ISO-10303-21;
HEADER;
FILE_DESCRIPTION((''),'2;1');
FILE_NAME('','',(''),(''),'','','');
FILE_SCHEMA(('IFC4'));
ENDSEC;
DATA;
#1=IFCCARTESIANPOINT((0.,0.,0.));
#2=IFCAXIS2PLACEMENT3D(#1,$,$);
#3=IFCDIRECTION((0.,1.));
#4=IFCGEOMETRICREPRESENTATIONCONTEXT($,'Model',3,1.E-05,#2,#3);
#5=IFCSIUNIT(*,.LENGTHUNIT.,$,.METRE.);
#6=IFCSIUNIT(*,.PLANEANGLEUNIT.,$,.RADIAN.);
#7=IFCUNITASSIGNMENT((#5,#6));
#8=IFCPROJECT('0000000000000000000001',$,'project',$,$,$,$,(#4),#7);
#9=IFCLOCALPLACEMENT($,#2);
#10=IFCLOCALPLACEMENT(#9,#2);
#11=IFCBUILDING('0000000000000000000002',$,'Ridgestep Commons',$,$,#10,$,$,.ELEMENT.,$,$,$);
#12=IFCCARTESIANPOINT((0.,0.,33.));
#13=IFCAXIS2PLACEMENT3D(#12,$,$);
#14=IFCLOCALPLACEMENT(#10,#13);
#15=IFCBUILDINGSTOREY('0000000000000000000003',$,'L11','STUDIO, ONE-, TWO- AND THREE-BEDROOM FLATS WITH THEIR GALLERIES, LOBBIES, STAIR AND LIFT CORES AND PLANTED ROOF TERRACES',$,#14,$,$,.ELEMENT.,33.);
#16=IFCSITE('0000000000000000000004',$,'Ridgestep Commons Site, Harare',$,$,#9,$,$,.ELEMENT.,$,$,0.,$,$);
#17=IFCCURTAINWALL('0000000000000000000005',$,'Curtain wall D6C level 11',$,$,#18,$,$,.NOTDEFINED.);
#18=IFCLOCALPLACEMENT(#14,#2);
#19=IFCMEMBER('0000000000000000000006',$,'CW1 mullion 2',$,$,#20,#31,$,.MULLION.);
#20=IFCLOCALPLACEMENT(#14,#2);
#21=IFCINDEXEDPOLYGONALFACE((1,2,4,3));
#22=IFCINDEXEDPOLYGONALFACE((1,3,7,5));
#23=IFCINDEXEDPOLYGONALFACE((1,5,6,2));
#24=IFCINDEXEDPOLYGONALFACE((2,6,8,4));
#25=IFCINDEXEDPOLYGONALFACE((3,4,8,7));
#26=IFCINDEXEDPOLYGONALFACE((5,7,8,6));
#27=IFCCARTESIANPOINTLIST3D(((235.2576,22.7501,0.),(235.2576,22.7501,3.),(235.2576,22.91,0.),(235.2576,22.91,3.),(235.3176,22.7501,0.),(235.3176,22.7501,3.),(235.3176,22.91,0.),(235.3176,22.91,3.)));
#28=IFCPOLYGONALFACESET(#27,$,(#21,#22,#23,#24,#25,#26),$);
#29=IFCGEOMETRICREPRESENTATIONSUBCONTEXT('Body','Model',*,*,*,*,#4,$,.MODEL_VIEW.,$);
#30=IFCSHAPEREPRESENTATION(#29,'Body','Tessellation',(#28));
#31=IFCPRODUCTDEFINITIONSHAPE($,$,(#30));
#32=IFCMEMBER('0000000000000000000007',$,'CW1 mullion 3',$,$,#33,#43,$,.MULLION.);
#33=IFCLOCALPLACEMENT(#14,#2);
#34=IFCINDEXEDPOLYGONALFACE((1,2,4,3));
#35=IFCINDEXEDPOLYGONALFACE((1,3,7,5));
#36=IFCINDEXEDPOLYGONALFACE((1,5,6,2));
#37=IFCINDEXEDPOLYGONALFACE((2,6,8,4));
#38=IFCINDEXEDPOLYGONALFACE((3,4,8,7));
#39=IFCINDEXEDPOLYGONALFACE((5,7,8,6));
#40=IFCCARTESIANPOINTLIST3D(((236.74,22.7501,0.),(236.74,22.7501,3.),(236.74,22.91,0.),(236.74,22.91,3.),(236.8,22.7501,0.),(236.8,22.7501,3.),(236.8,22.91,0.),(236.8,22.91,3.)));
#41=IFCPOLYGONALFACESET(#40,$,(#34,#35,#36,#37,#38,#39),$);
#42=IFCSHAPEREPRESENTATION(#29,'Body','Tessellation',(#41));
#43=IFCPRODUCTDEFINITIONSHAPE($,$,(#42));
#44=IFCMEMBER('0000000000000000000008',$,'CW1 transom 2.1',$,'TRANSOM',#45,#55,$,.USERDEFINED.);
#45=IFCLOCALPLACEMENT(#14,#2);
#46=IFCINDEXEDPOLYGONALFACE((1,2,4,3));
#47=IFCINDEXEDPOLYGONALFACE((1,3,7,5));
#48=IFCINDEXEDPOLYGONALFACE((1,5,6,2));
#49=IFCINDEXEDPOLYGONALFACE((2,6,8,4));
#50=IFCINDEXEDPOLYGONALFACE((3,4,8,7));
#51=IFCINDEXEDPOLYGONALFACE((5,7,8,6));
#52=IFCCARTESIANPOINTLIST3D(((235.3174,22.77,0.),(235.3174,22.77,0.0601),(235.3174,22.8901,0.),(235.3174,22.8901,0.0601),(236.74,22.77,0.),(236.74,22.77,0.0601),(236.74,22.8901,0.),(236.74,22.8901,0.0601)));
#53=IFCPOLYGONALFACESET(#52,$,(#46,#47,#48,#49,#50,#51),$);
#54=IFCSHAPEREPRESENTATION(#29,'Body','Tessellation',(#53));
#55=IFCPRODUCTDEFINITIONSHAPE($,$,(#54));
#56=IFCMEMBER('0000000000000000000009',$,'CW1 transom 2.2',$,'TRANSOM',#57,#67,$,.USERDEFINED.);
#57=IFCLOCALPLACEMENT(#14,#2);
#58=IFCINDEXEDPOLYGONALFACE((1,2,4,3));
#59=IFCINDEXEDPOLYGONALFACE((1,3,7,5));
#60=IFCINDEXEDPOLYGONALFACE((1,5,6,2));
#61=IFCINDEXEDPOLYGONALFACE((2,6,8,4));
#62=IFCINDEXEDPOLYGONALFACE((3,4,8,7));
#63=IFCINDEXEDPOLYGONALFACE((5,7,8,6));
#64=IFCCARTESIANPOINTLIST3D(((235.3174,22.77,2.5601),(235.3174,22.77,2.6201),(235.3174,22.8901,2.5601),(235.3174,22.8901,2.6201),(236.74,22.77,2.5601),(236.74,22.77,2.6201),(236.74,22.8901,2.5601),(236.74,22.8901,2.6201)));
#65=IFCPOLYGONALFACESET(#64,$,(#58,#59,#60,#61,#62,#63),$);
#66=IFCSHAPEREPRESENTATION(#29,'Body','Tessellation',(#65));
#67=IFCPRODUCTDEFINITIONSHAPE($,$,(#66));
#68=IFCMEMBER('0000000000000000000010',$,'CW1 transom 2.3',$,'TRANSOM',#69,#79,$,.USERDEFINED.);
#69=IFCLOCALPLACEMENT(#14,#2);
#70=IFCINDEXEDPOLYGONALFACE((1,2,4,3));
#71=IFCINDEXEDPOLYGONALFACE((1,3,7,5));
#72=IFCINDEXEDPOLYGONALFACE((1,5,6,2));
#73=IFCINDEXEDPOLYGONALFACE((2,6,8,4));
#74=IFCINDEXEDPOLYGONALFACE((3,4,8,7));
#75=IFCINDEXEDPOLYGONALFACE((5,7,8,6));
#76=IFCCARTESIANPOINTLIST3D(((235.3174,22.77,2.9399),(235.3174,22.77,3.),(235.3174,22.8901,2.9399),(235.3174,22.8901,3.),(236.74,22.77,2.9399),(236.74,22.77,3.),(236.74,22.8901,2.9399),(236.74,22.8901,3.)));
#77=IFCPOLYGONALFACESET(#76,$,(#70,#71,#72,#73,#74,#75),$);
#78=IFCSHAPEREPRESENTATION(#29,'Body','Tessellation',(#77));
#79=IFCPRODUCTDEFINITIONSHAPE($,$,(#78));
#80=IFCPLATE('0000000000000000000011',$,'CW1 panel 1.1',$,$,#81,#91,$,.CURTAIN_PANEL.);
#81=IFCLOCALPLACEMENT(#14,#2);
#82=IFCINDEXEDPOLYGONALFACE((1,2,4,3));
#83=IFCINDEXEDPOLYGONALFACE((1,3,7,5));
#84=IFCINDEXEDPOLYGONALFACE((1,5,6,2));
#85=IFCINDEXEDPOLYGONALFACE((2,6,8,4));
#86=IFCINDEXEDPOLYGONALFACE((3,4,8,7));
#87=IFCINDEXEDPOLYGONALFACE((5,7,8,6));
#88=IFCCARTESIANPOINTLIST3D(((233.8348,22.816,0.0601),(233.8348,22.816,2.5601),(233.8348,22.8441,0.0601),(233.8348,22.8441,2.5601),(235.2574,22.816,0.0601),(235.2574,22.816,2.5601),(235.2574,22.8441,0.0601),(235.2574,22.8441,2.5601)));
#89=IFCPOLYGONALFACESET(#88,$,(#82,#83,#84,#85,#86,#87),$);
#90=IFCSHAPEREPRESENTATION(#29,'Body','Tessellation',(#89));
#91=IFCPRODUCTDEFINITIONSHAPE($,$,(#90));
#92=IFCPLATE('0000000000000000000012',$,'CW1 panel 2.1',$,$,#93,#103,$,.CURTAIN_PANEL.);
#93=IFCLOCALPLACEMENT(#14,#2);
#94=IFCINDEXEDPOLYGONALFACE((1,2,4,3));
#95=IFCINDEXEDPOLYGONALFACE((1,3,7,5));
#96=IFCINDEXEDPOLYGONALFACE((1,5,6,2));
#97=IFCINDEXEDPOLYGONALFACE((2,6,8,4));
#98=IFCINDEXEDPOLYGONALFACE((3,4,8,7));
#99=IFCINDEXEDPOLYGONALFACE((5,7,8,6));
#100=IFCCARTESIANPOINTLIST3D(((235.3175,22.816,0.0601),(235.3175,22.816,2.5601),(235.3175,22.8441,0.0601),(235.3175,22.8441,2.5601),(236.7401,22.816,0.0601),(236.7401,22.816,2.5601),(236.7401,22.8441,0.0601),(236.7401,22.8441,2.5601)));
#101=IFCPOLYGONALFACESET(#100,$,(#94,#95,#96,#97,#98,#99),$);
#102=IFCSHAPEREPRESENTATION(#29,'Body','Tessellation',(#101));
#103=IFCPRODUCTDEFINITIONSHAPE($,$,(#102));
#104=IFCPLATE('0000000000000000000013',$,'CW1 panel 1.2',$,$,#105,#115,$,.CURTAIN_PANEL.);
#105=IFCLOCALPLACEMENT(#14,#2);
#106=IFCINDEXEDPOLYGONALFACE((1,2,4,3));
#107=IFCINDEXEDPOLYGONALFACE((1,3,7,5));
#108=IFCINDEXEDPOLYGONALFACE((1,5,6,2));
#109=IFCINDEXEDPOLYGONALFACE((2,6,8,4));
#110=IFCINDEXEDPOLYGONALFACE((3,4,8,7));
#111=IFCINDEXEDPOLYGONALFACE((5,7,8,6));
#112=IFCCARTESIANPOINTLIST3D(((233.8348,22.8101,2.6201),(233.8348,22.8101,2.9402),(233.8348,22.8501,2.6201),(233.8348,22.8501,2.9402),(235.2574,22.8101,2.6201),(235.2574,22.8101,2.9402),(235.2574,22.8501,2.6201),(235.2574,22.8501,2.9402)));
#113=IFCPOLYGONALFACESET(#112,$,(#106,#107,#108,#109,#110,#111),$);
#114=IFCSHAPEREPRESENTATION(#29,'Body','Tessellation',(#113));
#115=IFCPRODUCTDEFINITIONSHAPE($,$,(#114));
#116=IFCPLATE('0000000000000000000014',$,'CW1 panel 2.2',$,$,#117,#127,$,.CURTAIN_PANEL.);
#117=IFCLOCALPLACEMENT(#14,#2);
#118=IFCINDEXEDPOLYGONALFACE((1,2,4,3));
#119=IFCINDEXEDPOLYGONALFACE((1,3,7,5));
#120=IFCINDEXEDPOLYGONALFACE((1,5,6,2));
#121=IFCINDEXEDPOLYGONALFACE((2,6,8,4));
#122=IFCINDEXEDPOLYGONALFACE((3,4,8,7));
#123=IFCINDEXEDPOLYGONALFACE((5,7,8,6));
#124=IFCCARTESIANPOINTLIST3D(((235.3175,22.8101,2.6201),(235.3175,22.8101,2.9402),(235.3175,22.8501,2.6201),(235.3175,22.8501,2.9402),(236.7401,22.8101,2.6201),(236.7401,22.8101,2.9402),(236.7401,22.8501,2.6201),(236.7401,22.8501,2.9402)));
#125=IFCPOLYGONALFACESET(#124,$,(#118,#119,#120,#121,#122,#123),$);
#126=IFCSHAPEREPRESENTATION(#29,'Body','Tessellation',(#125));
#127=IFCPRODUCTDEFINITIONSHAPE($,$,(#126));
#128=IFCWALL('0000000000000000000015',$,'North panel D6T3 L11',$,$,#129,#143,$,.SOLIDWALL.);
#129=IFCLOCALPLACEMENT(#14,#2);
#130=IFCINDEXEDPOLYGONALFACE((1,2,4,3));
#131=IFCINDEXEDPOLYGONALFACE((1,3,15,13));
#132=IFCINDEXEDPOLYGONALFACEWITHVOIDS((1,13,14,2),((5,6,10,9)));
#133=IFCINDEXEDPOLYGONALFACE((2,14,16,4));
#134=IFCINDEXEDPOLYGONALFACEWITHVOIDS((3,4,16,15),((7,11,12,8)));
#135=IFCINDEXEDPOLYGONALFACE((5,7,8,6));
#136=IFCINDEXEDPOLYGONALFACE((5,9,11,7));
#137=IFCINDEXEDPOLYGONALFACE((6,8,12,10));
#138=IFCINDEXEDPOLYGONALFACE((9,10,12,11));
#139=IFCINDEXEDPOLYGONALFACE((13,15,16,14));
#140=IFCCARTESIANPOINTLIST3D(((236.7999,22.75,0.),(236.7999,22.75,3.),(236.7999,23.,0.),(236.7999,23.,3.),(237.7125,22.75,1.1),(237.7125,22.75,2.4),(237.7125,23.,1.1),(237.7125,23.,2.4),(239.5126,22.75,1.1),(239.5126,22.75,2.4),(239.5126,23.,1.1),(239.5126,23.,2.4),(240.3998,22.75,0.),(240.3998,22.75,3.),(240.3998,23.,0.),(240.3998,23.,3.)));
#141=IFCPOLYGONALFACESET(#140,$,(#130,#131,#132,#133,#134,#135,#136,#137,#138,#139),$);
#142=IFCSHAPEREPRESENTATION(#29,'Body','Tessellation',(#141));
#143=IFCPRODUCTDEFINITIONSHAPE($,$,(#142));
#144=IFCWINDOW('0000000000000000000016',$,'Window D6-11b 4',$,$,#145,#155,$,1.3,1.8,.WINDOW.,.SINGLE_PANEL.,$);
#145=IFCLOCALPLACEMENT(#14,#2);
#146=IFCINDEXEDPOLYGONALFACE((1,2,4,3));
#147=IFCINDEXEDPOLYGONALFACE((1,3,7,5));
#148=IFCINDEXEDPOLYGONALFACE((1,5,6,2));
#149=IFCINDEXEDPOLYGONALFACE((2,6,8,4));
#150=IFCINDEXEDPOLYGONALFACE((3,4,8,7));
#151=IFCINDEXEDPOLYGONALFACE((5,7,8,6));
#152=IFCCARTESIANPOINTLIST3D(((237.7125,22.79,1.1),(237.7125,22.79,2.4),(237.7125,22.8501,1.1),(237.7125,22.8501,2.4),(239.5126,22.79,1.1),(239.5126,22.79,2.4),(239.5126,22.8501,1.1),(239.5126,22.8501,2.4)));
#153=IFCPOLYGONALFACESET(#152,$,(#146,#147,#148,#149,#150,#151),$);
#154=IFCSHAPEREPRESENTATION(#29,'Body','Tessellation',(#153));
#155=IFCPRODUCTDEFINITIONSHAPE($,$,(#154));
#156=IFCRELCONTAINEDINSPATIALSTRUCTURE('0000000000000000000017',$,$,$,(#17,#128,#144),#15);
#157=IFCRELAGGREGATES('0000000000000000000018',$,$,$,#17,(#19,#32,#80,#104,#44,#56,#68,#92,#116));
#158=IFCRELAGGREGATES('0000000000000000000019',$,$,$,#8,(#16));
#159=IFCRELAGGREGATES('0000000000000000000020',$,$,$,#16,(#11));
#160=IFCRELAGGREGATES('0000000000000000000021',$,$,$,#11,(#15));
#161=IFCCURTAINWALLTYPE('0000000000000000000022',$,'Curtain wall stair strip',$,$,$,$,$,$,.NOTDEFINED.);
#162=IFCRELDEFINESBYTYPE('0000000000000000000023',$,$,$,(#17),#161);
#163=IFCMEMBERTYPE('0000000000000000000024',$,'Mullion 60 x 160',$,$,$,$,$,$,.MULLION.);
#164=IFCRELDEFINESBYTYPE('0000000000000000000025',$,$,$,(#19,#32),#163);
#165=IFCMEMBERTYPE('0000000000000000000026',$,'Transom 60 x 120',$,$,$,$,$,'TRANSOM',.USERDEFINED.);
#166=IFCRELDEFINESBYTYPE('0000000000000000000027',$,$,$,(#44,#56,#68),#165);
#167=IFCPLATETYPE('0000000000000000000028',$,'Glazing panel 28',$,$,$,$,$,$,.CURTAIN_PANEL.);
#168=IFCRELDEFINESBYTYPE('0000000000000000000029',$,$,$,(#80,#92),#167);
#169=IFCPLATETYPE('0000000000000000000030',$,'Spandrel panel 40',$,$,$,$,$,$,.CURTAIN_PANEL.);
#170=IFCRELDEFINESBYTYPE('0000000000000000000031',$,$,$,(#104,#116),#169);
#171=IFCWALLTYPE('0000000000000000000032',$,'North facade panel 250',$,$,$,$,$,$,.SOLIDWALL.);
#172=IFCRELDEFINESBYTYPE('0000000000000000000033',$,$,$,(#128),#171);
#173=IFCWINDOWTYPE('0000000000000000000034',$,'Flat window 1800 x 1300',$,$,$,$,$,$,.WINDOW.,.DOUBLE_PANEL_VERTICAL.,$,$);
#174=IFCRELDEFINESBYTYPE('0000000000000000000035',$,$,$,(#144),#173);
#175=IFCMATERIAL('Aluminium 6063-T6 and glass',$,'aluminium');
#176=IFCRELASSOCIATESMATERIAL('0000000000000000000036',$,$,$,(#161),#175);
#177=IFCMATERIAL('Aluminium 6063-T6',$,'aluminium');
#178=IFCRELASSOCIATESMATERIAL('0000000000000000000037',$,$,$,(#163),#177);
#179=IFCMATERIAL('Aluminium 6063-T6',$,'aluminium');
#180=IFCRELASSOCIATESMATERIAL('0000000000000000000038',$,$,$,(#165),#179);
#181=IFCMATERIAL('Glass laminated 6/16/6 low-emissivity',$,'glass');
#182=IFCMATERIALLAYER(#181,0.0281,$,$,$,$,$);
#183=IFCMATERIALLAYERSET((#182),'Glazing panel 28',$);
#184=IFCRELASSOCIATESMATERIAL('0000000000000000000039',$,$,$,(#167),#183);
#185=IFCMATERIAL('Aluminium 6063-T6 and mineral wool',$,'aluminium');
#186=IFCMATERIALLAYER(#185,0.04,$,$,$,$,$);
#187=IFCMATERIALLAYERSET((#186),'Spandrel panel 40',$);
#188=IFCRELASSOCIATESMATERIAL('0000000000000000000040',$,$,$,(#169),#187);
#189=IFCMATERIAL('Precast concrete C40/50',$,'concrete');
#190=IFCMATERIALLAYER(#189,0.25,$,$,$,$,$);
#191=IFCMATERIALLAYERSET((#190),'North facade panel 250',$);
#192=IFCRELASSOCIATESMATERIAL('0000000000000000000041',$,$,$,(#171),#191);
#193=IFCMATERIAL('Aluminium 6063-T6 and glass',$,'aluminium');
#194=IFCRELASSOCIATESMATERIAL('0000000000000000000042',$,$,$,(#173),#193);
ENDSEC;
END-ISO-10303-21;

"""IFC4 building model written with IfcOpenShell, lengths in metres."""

from ifc_helpers import new_model, si_unit, direction, frame, frame_2d, origin, origin_2d, place, context, subcontext, project, spatial, rectangle, extrude, material, layer, layer_set, material_profile, profile_set, type_object, element, fill, aggregate, save


model = new_model("IFC4")

# Units and contexts
model_context = context("Model", 3, precision=1e-05, world=origin(), true_north=direction((0.0, 1.0)))
body_context = subcontext(model_context, "Body", "Model", "MODEL_VIEW")
ifc_project = project(units=[si_unit("LENGTHUNIT", "METRE"), si_unit("PLANEANGLEUNIT", "RADIAN")], contexts=[model_context])

# Site, building, storey
site_placement = place(None, origin())
site = spatial("IfcSite", under=ifc_project, at=site_placement, Name="Ridgestep Commons Site, Harare", CompositionType="ELEMENT", RefElevation=0.0)
building_placement = place(site_placement, origin())
building = spatial("IfcBuilding", under=site, at=building_placement, Name="Ridgestep Commons", CompositionType="ELEMENT")
storey_placement = place(building_placement, frame((0.0, 0.0, 33.0)))
storey = spatial("IfcBuildingStorey", under=building, at=storey_placement, Name="L11", Description="STUDIO, ONE-, TWO- AND THREE-BEDROOM FLATS WITH THEIR GALLERIES, LOBBIES, STAIR AND LIFT CORES AND PLANTED ROOF TERRACES", CompositionType="ELEMENT", Elevation=33.0)

# Curtain wall, members, plates
ifc_material_1 = material(Name="Aluminium 6063-T6 and glass", Category="aluminium")
curtain_wall_type = type_object("IfcCurtainWallType", Name="Curtain wall stair strip", PredefinedType="NOTDEFINED", material=ifc_material_1)
curtain_wall_placement = place(storey_placement, origin())
curtain_wall = element("IfcCurtainWall", 1, at=curtain_wall_placement, inside=storey, type_object=curtain_wall_type, Name="Curtain wall D6C level 11", PredefinedType="NOTDEFINED")
ifc_material_2 = material(Name="Aluminium 6063-T6", Category="aluminium")
ifc_material_profile_1 = material_profile(ifc_material_2, rectangle(XDim=0.1599, YDim=0.0601, at=origin_2d()), Name="Mullion 60 x 160")
ifc_profile_set_1 = profile_set([ifc_material_profile_1], Name="Aluminium 6063-T6")
member_type_1 = type_object("IfcMemberType", Name="Mullion 60 x 160", PredefinedType="MULLION", material=ifc_profile_set_1)
member_1_placement = place(storey_placement, frame((235.2876, 22.8301, 0.0), z_axis=(0.0, 0.0, 1.0), x_axis=(0.0, 1.0, 0.0)))
member_1 = element("IfcMember", 2, at=member_1_placement, type_object=member_type_1, Name="CW1 mullion 2", PredefinedType="MULLION", context=body_context, shape_type="SweptSolid", body=[
    extrude(rectangle(XDim=0.1599, YDim=0.0601, at=origin_2d()), origin(), (0.0, 0.0, 1.0), 3.0),
])
member_2_placement = place(storey_placement, frame((236.77, 22.8301, 0.0), z_axis=(0.0, 0.0, 1.0), x_axis=(0.0, 1.0, 0.0)))
member_2 = element("IfcMember", 3, at=member_2_placement, type_object=member_type_1, Name="CW1 mullion 3", PredefinedType="MULLION", context=body_context, shape_type="SweptSolid", body=[
    extrude(rectangle(XDim=0.1599, YDim=0.0601, at=origin_2d()), origin(), (0.0, 0.0, 1.0), 3.0),
])
ifc_material_3 = material(Name="Aluminium 6063-T6", Category="aluminium")
ifc_material_profile_2 = material_profile(ifc_material_3, rectangle(XDim=0.1201, YDim=0.0601, at=origin_2d()), Name="Transom 60 x 120")
ifc_profile_set_2 = profile_set([ifc_material_profile_2], Name="Aluminium 6063-T6")
member_type_2 = type_object("IfcMemberType", Name="Transom 60 x 120", ElementType="TRANSOM", PredefinedType="USERDEFINED", material=ifc_profile_set_2)
member_3_placement = place(storey_placement, frame((235.3174, 22.8301, 0.03), z_axis=(1.0, 0.0, 0.0), x_axis=(0.0, 1.0, 0.0)))
member_3 = element("IfcMember", 4, at=member_3_placement, type_object=member_type_2, Name="CW1 transom 2.1", ObjectType="TRANSOM", PredefinedType="USERDEFINED", context=body_context, shape_type="SweptSolid", body=[
    extrude(rectangle(XDim=0.1201, YDim=0.0601, at=origin_2d()), origin(), (0.0, 0.0, 1.0), 1.4226),
])
member_4_placement = place(storey_placement, frame((235.3174, 22.8301, 2.5901), z_axis=(1.0, 0.0, 0.0), x_axis=(0.0, 1.0, 0.0)))
member_4 = element("IfcMember", 5, at=member_4_placement, type_object=member_type_2, Name="CW1 transom 2.2", ObjectType="TRANSOM", PredefinedType="USERDEFINED", context=body_context, shape_type="SweptSolid", body=[
    extrude(rectangle(XDim=0.1201, YDim=0.0601, at=origin_2d()), origin(), (0.0, 0.0, 1.0), 1.4226),
])
member_5_placement = place(storey_placement, frame((235.3174, 22.8301, 2.97), z_axis=(1.0, 0.0, 0.0), x_axis=(0.0, 1.0, 0.0)))
member_5 = element("IfcMember", 6, at=member_5_placement, type_object=member_type_2, Name="CW1 transom 2.3", ObjectType="TRANSOM", PredefinedType="USERDEFINED", context=body_context, shape_type="SweptSolid", body=[
    extrude(rectangle(XDim=0.1201, YDim=0.0601, at=origin_2d()), origin(), (0.0, 0.0, 1.0), 1.4226),
])
ifc_material_4 = material(Name="Glass laminated 6/16/6 low-emissivity", Category="glass")
ifc_layer_1 = layer(ifc_material_4, 0.0281)
ifc_layer_set_1 = layer_set([ifc_layer_1], Name="Glazing panel 28")
plate_type_1 = type_object("IfcPlateType", Name="Glazing panel 28", PredefinedType="CURTAIN_PANEL", material=ifc_layer_set_1)
plate_1_placement = place(storey_placement, frame((234.5461, 22.8301, 0.0601), z_axis=(0.0, 0.0, 1.0), x_axis=(1.0, 0.0, 0.0)))
plate_1 = element("IfcPlate", 7, at=plate_1_placement, type_object=plate_type_1, Name="CW1 panel 1.1", PredefinedType="CURTAIN_PANEL", context=body_context, shape_type="SweptSolid", body=[
    extrude(rectangle(XDim=1.4226, YDim=0.0281, at=origin_2d()), origin(), (0.0, 0.0, 1.0), 2.5),
])
plate_2_placement = place(storey_placement, frame((236.0288, 22.8301, 0.0601), z_axis=(0.0, 0.0, 1.0), x_axis=(1.0, 0.0, 0.0)))
plate_2 = element("IfcPlate", 8, at=plate_2_placement, type_object=plate_type_1, Name="CW1 panel 2.1", PredefinedType="CURTAIN_PANEL", context=body_context, shape_type="SweptSolid", body=[
    extrude(rectangle(XDim=1.4226, YDim=0.0281, at=origin_2d()), origin(), (0.0, 0.0, 1.0), 2.5),
])
ifc_material_5 = material(Name="Aluminium 6063-T6 and mineral wool", Category="aluminium")
ifc_layer_2 = layer(ifc_material_5, 0.04)
ifc_layer_set_2 = layer_set([ifc_layer_2], Name="Spandrel panel 40")
plate_type_2 = type_object("IfcPlateType", Name="Spandrel panel 40", PredefinedType="CURTAIN_PANEL", material=ifc_layer_set_2)
plate_3_placement = place(storey_placement, frame((234.5461, 22.8301, 2.6201), z_axis=(0.0, 0.0, 1.0), x_axis=(1.0, 0.0, 0.0)))
plate_3 = element("IfcPlate", 9, at=plate_3_placement, type_object=plate_type_2, Name="CW1 panel 1.2", PredefinedType="CURTAIN_PANEL", context=body_context, shape_type="SweptSolid", body=[
    extrude(rectangle(XDim=1.4226, YDim=0.04, at=origin_2d()), origin(), (0.0, 0.0, 1.0), 0.3201),
])
plate_4_placement = place(storey_placement, frame((236.0288, 22.8301, 2.6201), z_axis=(0.0, 0.0, 1.0), x_axis=(1.0, 0.0, 0.0)))
plate_4 = element("IfcPlate", 10, at=plate_4_placement, type_object=plate_type_2, Name="CW1 panel 2.2", PredefinedType="CURTAIN_PANEL", context=body_context, shape_type="SweptSolid", body=[
    extrude(rectangle(XDim=1.4226, YDim=0.04, at=origin_2d()), origin(), (0.0, 0.0, 1.0), 0.3201),
])
aggregate(curtain_wall, [member_1, member_2, plate_1, plate_3, member_3, member_4, member_5, plate_2, plate_4])

# Wall, opening, window
ifc_material_6 = material(Name="Precast concrete C40/50", Category="concrete")
ifc_layer_3 = layer(ifc_material_6, 0.25)
ifc_layer_set_3 = layer_set([ifc_layer_3], Name="North facade panel 250")
wall_type = type_object("IfcWallType", Name="North facade panel 250", PredefinedType="SOLIDWALL", material=ifc_layer_set_3)
wall_1_placement = place(storey_placement, frame((236.8, 22.875, 0.0), z_axis=(0.0, 0.0, 1.0), x_axis=(1.0, 0.0, 0.0)))
wall_1 = element("IfcWall", 11, at=wall_1_placement, inside=storey, type_object=wall_type, Name="North panel D6T3 L11", PredefinedType="SOLIDWALL", context=body_context, shape_type="SweptSolid", body=[
    extrude(rectangle(XDim=3.5999, YDim=0.25, at=frame_2d((1.7998, 0.0))), origin(), (0.0, 0.0, 1.0), 3.0),
])
opening_1_placement = place(wall_1_placement, frame((0.9126, 0.0, 1.1001)))
opening_1 = element("IfcOpeningElement", 12, at=opening_1_placement, cuts=wall_1, PredefinedType="OPENING", context=body_context, shape_type="SweptSolid", body=[
    extrude(rectangle(XDim=1.8, YDim=1.3, at=frame_2d((0.8999, 0.6499))), frame((0.0, 0.135, 0.0), z_axis=(0.0, -1.0, 0.0), x_axis=(1.0, 0.0, 0.0)), (0.0, 0.0, 1.0), 0.27),
])
ifc_material_7 = material(Name="Aluminium 6063-T6 and glass", Category="aluminium")
window_type = type_object("IfcWindowType", Name="Flat window 1800 x 1300", PartitioningType="DOUBLE_PANEL_VERTICAL", PredefinedType="WINDOW", material=ifc_material_7)
window_1_placement = place(opening_1_placement, origin())
window_1 = element("IfcWindow", 13, at=window_1_placement, inside=storey, type_object=window_type, Name="Window D6-11b 4", OverallHeight=1.3, OverallWidth=1.8, PartitioningType="SINGLE_PANEL", PredefinedType="WINDOW", context=body_context, shape_type="SweptSolid", body=[
    extrude(rectangle(XDim=1.8, YDim=1.3, at=frame_2d((0.8999, 0.6499))), frame((0.0, -0.0249, 0.0), z_axis=(0.0, -1.0, 0.0), x_axis=(1.0, 0.0, 0.0)), (0.0, 0.0, 1.0), 0.0601),
])
fill(opening_1, window_1)

save(model, "model.ifc")
